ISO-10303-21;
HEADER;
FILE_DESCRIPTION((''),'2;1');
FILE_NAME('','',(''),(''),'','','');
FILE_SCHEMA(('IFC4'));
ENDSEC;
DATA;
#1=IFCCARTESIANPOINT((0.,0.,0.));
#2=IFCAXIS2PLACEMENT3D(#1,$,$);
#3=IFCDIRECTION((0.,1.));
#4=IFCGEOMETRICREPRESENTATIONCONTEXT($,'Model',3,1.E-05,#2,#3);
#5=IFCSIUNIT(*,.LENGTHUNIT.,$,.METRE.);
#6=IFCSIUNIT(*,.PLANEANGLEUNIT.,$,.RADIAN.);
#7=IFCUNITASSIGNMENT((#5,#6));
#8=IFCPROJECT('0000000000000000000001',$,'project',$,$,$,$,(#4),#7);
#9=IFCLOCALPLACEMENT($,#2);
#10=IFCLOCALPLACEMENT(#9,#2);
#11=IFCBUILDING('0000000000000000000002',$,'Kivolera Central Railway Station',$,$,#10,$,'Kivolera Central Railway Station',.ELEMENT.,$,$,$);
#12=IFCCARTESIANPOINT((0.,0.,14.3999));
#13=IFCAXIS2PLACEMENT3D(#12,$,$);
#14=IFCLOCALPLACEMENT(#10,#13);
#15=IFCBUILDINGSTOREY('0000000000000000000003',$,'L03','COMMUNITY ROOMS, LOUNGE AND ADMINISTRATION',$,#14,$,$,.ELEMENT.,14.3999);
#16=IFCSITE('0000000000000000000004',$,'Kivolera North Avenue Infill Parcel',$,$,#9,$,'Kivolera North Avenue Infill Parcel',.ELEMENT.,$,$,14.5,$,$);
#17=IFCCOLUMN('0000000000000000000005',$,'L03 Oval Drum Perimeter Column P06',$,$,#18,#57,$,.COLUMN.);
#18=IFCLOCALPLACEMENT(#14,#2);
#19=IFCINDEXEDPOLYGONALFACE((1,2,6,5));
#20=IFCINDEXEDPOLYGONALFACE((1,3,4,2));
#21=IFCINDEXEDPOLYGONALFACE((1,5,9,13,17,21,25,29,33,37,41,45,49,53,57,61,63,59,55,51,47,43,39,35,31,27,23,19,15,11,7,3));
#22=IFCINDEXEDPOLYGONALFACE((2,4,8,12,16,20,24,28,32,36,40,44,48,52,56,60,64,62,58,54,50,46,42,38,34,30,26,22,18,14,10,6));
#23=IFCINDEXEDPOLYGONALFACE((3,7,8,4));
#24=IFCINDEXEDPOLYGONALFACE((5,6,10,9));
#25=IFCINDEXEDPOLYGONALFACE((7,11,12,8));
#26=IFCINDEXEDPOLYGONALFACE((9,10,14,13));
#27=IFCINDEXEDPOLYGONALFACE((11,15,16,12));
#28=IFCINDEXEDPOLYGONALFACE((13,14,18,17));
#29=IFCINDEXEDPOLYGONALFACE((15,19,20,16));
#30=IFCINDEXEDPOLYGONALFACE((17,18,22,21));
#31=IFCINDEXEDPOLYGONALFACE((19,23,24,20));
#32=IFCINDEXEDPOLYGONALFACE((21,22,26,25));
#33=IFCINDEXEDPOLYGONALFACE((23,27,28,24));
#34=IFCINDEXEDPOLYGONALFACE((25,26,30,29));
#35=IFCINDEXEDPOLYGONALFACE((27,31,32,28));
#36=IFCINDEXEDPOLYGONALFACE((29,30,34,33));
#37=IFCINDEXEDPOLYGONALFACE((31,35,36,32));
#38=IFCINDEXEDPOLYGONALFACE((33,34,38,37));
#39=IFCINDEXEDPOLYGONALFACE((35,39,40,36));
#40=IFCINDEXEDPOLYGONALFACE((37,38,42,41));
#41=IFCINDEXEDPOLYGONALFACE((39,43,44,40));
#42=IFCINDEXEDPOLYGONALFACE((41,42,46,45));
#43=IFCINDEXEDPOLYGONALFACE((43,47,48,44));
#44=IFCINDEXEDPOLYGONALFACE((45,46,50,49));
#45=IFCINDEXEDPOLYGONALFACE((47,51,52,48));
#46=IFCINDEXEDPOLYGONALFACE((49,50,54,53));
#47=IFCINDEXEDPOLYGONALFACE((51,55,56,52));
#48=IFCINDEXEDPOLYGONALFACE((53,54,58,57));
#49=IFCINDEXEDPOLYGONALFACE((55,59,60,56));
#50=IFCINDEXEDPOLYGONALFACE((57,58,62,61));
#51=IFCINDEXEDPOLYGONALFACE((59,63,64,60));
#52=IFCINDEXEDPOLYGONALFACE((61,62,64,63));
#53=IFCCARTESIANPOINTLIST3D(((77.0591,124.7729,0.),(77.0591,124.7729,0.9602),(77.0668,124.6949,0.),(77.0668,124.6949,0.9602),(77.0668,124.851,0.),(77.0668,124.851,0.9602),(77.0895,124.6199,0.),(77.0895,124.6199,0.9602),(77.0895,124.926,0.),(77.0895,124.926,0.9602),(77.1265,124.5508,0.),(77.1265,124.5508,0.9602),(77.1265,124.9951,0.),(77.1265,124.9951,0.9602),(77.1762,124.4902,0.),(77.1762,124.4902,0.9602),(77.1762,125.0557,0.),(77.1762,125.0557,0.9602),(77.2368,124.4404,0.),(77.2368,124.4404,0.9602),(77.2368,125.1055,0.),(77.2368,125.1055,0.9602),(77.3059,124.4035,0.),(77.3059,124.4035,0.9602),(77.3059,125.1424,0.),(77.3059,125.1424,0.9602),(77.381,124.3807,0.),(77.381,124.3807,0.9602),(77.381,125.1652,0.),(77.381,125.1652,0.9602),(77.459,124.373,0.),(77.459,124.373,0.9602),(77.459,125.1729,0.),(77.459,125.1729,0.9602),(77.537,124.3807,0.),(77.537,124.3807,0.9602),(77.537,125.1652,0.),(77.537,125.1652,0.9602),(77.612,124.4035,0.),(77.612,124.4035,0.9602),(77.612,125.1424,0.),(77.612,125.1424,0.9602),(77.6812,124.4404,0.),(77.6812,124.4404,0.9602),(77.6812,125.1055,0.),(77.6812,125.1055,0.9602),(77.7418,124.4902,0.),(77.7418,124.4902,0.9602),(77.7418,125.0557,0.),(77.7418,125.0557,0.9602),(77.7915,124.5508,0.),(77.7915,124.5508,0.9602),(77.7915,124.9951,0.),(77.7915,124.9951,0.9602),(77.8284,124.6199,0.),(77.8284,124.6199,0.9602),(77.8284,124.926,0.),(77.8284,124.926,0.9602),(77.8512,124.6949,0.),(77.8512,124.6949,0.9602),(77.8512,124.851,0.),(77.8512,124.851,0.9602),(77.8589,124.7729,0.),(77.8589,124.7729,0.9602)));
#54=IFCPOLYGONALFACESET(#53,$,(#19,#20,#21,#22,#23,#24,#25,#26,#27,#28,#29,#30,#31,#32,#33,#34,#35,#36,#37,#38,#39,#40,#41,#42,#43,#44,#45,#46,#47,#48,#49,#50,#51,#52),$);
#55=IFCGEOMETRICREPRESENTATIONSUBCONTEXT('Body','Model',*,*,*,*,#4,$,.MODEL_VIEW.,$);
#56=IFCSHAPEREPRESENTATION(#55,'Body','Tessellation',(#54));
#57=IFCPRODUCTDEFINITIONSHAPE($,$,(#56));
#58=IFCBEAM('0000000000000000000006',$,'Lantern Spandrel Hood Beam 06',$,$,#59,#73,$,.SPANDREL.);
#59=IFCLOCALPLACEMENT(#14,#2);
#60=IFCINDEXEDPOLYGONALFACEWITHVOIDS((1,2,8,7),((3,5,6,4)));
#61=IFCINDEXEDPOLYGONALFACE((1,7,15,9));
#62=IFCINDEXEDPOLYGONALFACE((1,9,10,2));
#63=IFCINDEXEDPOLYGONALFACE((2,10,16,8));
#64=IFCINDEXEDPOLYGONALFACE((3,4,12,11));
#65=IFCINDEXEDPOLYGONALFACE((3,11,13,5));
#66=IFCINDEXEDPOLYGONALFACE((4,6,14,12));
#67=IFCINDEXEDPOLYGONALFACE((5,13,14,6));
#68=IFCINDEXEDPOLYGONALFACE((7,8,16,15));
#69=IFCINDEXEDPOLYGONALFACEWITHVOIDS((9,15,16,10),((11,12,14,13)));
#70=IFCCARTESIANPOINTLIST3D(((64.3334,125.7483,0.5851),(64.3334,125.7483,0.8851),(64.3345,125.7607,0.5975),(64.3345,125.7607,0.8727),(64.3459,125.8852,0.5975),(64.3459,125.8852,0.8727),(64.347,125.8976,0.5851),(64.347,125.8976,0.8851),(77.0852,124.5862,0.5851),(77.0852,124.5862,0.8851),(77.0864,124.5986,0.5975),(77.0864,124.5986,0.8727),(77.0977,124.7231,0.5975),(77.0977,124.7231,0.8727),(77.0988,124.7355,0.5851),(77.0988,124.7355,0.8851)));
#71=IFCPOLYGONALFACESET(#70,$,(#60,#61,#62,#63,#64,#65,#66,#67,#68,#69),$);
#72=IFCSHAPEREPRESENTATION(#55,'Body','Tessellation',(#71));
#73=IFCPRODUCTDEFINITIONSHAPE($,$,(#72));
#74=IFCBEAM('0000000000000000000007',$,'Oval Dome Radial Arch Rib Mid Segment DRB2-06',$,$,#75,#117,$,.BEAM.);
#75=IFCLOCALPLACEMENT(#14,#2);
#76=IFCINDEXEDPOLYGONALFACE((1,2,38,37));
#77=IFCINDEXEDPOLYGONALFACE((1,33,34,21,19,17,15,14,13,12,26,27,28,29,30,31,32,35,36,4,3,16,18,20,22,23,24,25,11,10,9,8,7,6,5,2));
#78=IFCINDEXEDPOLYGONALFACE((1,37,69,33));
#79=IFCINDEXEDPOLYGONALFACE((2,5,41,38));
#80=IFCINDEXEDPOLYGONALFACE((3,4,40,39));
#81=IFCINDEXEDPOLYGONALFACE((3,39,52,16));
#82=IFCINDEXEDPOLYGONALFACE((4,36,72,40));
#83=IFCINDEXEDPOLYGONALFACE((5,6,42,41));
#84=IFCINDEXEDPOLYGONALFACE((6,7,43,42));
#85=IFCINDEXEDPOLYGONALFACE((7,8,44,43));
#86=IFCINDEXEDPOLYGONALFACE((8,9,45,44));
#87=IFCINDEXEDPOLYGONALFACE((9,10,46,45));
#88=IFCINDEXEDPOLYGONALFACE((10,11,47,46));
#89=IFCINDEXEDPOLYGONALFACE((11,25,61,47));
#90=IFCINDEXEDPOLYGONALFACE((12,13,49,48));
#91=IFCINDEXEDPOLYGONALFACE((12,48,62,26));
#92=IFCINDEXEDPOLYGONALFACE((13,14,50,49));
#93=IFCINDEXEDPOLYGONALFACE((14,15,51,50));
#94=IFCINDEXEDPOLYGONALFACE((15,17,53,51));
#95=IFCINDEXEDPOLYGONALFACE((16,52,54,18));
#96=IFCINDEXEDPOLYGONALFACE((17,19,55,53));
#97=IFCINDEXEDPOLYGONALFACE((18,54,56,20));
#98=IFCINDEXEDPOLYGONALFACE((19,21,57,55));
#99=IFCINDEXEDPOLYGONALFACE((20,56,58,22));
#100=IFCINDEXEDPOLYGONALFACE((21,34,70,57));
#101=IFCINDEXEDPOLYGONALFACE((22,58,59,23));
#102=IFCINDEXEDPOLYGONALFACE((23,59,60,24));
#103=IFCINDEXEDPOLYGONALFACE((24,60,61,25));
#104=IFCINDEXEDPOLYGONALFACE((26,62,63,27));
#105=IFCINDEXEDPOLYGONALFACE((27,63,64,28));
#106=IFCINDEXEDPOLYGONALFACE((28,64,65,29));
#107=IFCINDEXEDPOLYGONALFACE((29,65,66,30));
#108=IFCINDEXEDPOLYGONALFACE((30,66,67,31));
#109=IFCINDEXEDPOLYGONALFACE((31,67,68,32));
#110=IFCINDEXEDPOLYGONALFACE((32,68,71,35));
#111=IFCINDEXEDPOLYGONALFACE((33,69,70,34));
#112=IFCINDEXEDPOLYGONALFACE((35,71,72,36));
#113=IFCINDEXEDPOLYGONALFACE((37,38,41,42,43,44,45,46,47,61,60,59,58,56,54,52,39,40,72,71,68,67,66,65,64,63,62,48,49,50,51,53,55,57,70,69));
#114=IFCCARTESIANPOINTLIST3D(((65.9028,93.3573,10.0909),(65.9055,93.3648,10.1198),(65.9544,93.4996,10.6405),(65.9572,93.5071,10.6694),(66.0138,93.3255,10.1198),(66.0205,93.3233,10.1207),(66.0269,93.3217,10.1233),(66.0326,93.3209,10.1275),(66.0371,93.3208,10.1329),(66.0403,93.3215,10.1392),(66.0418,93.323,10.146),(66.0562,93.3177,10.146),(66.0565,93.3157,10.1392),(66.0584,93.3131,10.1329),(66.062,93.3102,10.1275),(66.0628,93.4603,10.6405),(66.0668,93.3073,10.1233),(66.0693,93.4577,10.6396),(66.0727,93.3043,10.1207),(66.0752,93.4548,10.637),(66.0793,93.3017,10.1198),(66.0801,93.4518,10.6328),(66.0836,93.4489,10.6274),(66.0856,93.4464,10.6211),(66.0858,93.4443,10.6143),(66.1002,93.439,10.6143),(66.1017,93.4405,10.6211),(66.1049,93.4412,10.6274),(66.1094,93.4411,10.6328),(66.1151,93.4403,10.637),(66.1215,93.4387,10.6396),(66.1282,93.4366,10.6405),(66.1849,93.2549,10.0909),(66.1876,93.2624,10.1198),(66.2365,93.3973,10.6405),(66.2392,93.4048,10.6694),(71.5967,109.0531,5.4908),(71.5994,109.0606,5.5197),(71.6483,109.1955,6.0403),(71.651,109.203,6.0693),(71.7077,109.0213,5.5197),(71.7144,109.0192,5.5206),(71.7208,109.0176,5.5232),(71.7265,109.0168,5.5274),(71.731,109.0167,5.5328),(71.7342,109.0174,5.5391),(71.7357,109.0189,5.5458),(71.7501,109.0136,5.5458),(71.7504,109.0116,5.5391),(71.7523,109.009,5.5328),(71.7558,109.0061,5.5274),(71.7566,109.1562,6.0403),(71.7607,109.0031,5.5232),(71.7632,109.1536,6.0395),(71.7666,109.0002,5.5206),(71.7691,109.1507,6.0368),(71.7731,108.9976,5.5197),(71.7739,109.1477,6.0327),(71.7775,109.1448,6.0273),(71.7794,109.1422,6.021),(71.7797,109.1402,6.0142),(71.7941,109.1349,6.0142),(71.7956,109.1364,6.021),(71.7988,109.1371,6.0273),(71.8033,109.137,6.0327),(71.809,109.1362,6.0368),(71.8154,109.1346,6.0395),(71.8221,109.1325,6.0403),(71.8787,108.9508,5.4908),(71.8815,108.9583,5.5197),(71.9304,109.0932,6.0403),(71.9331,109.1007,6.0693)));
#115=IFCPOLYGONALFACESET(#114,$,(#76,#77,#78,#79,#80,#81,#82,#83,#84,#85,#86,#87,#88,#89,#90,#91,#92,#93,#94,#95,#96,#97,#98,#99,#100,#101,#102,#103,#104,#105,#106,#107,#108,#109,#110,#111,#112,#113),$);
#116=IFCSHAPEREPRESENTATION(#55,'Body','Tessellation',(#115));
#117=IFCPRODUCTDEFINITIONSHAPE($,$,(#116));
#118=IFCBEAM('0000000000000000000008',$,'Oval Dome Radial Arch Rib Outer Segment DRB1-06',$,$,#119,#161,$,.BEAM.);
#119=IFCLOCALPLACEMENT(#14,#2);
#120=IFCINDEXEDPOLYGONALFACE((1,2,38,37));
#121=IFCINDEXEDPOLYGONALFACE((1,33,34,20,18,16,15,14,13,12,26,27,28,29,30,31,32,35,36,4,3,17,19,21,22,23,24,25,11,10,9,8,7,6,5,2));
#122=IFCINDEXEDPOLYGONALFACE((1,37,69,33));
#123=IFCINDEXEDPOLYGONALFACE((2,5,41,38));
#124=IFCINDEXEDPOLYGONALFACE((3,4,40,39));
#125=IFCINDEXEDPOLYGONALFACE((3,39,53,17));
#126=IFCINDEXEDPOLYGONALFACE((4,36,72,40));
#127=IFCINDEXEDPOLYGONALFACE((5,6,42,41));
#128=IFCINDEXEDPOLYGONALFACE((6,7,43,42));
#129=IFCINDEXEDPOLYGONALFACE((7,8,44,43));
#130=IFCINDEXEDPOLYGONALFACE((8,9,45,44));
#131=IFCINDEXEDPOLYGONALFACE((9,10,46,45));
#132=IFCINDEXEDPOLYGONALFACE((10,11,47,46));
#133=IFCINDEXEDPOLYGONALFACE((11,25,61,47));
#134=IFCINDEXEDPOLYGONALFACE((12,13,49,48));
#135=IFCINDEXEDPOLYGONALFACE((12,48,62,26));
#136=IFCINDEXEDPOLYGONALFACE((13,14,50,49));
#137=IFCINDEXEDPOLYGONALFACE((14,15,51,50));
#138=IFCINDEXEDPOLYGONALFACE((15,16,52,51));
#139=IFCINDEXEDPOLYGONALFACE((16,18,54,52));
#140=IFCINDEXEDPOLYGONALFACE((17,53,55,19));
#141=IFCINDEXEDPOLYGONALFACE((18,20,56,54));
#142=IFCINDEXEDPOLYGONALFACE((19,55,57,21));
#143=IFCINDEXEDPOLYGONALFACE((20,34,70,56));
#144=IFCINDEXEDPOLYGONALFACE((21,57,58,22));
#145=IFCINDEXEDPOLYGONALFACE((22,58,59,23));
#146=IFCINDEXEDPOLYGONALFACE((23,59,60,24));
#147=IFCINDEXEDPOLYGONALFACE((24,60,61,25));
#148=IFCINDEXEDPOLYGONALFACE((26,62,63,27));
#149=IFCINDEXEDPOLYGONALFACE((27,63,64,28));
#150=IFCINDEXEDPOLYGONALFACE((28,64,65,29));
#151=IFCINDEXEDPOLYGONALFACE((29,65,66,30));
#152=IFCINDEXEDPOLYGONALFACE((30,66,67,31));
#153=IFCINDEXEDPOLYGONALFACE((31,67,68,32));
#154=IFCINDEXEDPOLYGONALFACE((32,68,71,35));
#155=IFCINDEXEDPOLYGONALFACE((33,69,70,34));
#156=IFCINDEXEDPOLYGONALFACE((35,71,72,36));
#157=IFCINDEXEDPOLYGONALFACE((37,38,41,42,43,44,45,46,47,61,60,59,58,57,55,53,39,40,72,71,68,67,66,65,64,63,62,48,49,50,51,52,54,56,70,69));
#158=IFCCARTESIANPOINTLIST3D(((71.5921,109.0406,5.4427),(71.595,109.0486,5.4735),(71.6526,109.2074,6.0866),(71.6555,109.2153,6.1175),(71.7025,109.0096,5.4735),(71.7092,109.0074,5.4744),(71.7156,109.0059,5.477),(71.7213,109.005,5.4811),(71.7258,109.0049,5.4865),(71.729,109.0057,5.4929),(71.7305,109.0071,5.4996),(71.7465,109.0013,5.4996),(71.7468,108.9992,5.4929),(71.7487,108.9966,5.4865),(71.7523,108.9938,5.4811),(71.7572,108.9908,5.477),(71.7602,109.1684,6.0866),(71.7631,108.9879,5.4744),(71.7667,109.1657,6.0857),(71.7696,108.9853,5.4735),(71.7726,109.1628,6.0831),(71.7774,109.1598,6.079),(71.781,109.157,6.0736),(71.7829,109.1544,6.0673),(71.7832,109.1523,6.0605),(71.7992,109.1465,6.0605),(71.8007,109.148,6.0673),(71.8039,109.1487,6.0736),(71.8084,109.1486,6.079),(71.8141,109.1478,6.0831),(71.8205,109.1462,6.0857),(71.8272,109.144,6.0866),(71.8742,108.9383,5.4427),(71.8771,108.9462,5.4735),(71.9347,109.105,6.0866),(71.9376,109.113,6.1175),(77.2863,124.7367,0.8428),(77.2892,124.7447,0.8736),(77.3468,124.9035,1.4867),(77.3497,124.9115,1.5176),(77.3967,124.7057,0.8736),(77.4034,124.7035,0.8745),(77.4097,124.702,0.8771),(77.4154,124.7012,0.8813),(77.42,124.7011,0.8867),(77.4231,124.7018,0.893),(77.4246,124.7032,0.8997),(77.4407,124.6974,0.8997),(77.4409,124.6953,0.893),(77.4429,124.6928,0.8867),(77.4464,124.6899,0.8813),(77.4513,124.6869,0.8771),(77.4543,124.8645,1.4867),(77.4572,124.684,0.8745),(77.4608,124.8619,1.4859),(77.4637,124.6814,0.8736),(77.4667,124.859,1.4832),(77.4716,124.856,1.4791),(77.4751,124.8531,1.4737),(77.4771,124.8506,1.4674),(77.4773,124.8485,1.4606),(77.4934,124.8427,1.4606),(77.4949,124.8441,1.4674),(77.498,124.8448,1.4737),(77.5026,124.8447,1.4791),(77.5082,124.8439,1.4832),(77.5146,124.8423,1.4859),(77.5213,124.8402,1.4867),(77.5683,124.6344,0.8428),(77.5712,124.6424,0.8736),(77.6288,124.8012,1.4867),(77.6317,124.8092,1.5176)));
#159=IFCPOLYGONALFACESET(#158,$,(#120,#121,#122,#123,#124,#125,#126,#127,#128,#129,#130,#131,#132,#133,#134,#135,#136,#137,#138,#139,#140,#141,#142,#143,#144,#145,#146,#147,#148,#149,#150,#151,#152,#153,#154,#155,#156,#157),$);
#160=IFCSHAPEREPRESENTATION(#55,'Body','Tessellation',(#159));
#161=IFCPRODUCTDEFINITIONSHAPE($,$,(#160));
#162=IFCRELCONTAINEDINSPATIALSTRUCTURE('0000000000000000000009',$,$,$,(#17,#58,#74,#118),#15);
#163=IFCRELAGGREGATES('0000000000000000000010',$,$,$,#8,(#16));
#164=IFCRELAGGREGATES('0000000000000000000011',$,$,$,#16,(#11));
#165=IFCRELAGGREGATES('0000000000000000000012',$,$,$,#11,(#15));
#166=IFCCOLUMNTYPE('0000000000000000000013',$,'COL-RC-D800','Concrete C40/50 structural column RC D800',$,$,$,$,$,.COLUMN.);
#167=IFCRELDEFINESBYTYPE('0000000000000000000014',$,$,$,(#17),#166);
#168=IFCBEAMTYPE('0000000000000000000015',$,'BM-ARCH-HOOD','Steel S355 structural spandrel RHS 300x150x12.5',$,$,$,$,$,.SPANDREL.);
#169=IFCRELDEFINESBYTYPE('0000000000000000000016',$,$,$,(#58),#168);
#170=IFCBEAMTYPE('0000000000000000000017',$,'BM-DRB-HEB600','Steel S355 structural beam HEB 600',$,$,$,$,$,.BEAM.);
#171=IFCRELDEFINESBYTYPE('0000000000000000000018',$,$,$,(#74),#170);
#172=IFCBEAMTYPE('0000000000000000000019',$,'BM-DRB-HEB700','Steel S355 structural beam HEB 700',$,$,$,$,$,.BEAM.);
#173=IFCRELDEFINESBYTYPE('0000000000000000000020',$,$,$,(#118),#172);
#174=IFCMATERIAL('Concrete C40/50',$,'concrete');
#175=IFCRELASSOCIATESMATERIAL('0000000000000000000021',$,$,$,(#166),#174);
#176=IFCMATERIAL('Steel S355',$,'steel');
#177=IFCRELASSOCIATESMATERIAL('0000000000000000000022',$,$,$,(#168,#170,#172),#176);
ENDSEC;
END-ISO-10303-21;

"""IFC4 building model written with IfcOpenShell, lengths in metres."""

from ifc_helpers import new_model, si_unit, direction, frame, origin, origin_2d, place, context, subcontext, project, spatial, hollow_rectangle, circle, i_section, extrude, material, material_profile, profile_set, type_object, element, save


model = new_model("IFC4")

# Units and contexts
model_context = context("Model", 3, precision=1e-05, world=origin(), true_north=direction((0.0, 1.0)))
body_context = subcontext(model_context, "Body", "Model", "MODEL_VIEW")
ifc_project = project(units=[si_unit("LENGTHUNIT", "METRE"), si_unit("PLANEANGLEUNIT", "RADIAN")], contexts=[model_context])

# Site, building, storey
site_placement = place(None, origin())
site = spatial("IfcSite", under=ifc_project, at=site_placement, Name="Kivolera North Avenue Infill Parcel", LongName="Kivolera North Avenue Infill Parcel", CompositionType="ELEMENT", RefElevation=14.5)
building_placement = place(site_placement, origin())
building = spatial("IfcBuilding", under=site, at=building_placement, Name="Kivolera Central Railway Station", LongName="Kivolera Central Railway Station", CompositionType="ELEMENT")
storey_placement = place(building_placement, frame((0.0, 0.0, 14.3999)))
storey = spatial("IfcBuildingStorey", under=building, at=storey_placement, Name="L03", Description="COMMUNITY ROOMS, LOUNGE AND ADMINISTRATION", CompositionType="ELEMENT", Elevation=14.3999)

# Column
ifc_material_1 = material(Name="Concrete C40/50", Category="concrete")
ifc_material_profile_1 = material_profile(ifc_material_1, circle(Radius=0.3999, at=origin_2d()), Name="RC D800")
ifc_profile_set_1 = profile_set([ifc_material_profile_1], Name="Concrete C40/50")
column_type = type_object("IfcColumnType", Name="COL-RC-D800", Description="Concrete C40/50 structural column RC D800", PredefinedType="COLUMN", material=ifc_profile_set_1)
column_placement = place(storey_placement, frame((77.459, 124.7729, 0.0), z_axis=(0.0, 0.0, 1.0), x_axis=(1.0, 0.0, 0.0)))
element("IfcColumn", 1, at=column_placement, inside=storey, type_object=column_type, Name="L03 Oval Drum Perimeter Column P06", PredefinedType="COLUMN", context=body_context, shape_type="SweptSolid", body=[
    extrude(circle(Radius=0.3999, at=origin_2d()), origin(), (0.0, 0.0, 1.0), 0.9602),
])

# Beams
ifc_material_2 = material(Name="Steel S355", Category="steel")
ifc_material_profile_2 = material_profile(ifc_material_2, hollow_rectangle(XDim=0.1499, YDim=0.3, WallThickness=0.0125, at=origin_2d()), Name="RHS 300x150x12.5")
ifc_profile_set_2 = profile_set([ifc_material_profile_2], Name="Steel S355")
beam_type_1 = type_object("IfcBeamType", Name="BM-ARCH-HOOD", Description="Steel S355 structural spandrel RHS 300x150x12.5", PredefinedType="SPANDREL", material=ifc_profile_set_2)
beam_1_placement = place(storey_placement, frame((77.092, 124.6609, 0.7351), z_axis=(-0.995873, 0.090756, 0.0), x_axis=(-0.090756, -0.995873, 0.0)))
element("IfcBeam", 2, at=beam_1_placement, inside=storey, type_object=beam_type_1, Name="Lantern Spandrel Hood Beam 06", PredefinedType="SPANDREL", context=body_context, shape_type="SweptSolid", body=[
    extrude(hollow_rectangle(XDim=0.1499, YDim=0.3, WallThickness=0.0125, at=origin_2d()), origin(), (0.0, 0.0, 1.0), 12.8047),
])
ifc_material_profile_3 = material_profile(ifc_material_2, i_section(OverallWidth=0.3, OverallDepth=0.6001, WebThickness=0.0154, FlangeThickness=0.03, FilletRadius=0.0271, at=origin_2d()), Name="HEB 600")
ifc_profile_set_3 = profile_set([ifc_material_profile_3], Name="Steel S355")
beam_type_2 = type_object("IfcBeamType", Name="BM-DRB-HEB600", Description="Steel S355 structural beam HEB 600", PredefinedType="BEAM", material=ifc_profile_set_3)
beam_2_placement = place(storey_placement, frame((71.7649, 109.0769, 5.78), z_axis=(-0.328768, -0.90629, 0.265614), x_axis=(0.940057, -0.341017, 0.0)))
element("IfcBeam", 3, at=beam_2_placement, inside=storey, type_object=beam_type_2, Name="Oval Dome Radial Arch Rib Mid Segment DRB2-06", PredefinedType="BEAM", context=body_context, shape_type="SweptSolid", body=[
    extrude(i_section(OverallWidth=0.3, OverallDepth=0.6001, WebThickness=0.0154, FlangeThickness=0.03, FilletRadius=0.0271, at=origin_2d()), origin(), (0.0, 0.0, 1.0), 17.3188),
])
ifc_material_profile_4 = material_profile(ifc_material_2, i_section(OverallWidth=0.3, OverallDepth=0.7, WebThickness=0.0171, FlangeThickness=0.032, FilletRadius=0.0271, at=origin_2d()), Name="HEB 700")
ifc_profile_set_4 = profile_set([ifc_material_profile_4], Name="Steel S355")
beam_type_3 = type_object("IfcBeamType", Name="BM-DRB-HEB700", Description="Steel S355 structural beam HEB 700", PredefinedType="BEAM", material=ifc_profile_set_4)
beam_3_placement = place(storey_placement, frame((77.459, 124.7729, 1.1802), z_axis=(-0.328777, -0.906291, 0.265596), x_axis=(0.940054, -0.341026, 0.0)))
element("IfcBeam", 4, at=beam_3_placement, inside=storey, type_object=beam_type_3, Name="Oval Dome Radial Arch Rib Outer Segment DRB1-06", PredefinedType="BEAM", context=body_context, shape_type="SweptSolid", body=[
    extrude(i_section(OverallWidth=0.3, OverallDepth=0.7, WebThickness=0.0171, FlangeThickness=0.032, FilletRadius=0.0271, at=origin_2d()), origin(), (0.0, 0.0, 1.0), 17.3191),
])

save(model, "model.ifc")
